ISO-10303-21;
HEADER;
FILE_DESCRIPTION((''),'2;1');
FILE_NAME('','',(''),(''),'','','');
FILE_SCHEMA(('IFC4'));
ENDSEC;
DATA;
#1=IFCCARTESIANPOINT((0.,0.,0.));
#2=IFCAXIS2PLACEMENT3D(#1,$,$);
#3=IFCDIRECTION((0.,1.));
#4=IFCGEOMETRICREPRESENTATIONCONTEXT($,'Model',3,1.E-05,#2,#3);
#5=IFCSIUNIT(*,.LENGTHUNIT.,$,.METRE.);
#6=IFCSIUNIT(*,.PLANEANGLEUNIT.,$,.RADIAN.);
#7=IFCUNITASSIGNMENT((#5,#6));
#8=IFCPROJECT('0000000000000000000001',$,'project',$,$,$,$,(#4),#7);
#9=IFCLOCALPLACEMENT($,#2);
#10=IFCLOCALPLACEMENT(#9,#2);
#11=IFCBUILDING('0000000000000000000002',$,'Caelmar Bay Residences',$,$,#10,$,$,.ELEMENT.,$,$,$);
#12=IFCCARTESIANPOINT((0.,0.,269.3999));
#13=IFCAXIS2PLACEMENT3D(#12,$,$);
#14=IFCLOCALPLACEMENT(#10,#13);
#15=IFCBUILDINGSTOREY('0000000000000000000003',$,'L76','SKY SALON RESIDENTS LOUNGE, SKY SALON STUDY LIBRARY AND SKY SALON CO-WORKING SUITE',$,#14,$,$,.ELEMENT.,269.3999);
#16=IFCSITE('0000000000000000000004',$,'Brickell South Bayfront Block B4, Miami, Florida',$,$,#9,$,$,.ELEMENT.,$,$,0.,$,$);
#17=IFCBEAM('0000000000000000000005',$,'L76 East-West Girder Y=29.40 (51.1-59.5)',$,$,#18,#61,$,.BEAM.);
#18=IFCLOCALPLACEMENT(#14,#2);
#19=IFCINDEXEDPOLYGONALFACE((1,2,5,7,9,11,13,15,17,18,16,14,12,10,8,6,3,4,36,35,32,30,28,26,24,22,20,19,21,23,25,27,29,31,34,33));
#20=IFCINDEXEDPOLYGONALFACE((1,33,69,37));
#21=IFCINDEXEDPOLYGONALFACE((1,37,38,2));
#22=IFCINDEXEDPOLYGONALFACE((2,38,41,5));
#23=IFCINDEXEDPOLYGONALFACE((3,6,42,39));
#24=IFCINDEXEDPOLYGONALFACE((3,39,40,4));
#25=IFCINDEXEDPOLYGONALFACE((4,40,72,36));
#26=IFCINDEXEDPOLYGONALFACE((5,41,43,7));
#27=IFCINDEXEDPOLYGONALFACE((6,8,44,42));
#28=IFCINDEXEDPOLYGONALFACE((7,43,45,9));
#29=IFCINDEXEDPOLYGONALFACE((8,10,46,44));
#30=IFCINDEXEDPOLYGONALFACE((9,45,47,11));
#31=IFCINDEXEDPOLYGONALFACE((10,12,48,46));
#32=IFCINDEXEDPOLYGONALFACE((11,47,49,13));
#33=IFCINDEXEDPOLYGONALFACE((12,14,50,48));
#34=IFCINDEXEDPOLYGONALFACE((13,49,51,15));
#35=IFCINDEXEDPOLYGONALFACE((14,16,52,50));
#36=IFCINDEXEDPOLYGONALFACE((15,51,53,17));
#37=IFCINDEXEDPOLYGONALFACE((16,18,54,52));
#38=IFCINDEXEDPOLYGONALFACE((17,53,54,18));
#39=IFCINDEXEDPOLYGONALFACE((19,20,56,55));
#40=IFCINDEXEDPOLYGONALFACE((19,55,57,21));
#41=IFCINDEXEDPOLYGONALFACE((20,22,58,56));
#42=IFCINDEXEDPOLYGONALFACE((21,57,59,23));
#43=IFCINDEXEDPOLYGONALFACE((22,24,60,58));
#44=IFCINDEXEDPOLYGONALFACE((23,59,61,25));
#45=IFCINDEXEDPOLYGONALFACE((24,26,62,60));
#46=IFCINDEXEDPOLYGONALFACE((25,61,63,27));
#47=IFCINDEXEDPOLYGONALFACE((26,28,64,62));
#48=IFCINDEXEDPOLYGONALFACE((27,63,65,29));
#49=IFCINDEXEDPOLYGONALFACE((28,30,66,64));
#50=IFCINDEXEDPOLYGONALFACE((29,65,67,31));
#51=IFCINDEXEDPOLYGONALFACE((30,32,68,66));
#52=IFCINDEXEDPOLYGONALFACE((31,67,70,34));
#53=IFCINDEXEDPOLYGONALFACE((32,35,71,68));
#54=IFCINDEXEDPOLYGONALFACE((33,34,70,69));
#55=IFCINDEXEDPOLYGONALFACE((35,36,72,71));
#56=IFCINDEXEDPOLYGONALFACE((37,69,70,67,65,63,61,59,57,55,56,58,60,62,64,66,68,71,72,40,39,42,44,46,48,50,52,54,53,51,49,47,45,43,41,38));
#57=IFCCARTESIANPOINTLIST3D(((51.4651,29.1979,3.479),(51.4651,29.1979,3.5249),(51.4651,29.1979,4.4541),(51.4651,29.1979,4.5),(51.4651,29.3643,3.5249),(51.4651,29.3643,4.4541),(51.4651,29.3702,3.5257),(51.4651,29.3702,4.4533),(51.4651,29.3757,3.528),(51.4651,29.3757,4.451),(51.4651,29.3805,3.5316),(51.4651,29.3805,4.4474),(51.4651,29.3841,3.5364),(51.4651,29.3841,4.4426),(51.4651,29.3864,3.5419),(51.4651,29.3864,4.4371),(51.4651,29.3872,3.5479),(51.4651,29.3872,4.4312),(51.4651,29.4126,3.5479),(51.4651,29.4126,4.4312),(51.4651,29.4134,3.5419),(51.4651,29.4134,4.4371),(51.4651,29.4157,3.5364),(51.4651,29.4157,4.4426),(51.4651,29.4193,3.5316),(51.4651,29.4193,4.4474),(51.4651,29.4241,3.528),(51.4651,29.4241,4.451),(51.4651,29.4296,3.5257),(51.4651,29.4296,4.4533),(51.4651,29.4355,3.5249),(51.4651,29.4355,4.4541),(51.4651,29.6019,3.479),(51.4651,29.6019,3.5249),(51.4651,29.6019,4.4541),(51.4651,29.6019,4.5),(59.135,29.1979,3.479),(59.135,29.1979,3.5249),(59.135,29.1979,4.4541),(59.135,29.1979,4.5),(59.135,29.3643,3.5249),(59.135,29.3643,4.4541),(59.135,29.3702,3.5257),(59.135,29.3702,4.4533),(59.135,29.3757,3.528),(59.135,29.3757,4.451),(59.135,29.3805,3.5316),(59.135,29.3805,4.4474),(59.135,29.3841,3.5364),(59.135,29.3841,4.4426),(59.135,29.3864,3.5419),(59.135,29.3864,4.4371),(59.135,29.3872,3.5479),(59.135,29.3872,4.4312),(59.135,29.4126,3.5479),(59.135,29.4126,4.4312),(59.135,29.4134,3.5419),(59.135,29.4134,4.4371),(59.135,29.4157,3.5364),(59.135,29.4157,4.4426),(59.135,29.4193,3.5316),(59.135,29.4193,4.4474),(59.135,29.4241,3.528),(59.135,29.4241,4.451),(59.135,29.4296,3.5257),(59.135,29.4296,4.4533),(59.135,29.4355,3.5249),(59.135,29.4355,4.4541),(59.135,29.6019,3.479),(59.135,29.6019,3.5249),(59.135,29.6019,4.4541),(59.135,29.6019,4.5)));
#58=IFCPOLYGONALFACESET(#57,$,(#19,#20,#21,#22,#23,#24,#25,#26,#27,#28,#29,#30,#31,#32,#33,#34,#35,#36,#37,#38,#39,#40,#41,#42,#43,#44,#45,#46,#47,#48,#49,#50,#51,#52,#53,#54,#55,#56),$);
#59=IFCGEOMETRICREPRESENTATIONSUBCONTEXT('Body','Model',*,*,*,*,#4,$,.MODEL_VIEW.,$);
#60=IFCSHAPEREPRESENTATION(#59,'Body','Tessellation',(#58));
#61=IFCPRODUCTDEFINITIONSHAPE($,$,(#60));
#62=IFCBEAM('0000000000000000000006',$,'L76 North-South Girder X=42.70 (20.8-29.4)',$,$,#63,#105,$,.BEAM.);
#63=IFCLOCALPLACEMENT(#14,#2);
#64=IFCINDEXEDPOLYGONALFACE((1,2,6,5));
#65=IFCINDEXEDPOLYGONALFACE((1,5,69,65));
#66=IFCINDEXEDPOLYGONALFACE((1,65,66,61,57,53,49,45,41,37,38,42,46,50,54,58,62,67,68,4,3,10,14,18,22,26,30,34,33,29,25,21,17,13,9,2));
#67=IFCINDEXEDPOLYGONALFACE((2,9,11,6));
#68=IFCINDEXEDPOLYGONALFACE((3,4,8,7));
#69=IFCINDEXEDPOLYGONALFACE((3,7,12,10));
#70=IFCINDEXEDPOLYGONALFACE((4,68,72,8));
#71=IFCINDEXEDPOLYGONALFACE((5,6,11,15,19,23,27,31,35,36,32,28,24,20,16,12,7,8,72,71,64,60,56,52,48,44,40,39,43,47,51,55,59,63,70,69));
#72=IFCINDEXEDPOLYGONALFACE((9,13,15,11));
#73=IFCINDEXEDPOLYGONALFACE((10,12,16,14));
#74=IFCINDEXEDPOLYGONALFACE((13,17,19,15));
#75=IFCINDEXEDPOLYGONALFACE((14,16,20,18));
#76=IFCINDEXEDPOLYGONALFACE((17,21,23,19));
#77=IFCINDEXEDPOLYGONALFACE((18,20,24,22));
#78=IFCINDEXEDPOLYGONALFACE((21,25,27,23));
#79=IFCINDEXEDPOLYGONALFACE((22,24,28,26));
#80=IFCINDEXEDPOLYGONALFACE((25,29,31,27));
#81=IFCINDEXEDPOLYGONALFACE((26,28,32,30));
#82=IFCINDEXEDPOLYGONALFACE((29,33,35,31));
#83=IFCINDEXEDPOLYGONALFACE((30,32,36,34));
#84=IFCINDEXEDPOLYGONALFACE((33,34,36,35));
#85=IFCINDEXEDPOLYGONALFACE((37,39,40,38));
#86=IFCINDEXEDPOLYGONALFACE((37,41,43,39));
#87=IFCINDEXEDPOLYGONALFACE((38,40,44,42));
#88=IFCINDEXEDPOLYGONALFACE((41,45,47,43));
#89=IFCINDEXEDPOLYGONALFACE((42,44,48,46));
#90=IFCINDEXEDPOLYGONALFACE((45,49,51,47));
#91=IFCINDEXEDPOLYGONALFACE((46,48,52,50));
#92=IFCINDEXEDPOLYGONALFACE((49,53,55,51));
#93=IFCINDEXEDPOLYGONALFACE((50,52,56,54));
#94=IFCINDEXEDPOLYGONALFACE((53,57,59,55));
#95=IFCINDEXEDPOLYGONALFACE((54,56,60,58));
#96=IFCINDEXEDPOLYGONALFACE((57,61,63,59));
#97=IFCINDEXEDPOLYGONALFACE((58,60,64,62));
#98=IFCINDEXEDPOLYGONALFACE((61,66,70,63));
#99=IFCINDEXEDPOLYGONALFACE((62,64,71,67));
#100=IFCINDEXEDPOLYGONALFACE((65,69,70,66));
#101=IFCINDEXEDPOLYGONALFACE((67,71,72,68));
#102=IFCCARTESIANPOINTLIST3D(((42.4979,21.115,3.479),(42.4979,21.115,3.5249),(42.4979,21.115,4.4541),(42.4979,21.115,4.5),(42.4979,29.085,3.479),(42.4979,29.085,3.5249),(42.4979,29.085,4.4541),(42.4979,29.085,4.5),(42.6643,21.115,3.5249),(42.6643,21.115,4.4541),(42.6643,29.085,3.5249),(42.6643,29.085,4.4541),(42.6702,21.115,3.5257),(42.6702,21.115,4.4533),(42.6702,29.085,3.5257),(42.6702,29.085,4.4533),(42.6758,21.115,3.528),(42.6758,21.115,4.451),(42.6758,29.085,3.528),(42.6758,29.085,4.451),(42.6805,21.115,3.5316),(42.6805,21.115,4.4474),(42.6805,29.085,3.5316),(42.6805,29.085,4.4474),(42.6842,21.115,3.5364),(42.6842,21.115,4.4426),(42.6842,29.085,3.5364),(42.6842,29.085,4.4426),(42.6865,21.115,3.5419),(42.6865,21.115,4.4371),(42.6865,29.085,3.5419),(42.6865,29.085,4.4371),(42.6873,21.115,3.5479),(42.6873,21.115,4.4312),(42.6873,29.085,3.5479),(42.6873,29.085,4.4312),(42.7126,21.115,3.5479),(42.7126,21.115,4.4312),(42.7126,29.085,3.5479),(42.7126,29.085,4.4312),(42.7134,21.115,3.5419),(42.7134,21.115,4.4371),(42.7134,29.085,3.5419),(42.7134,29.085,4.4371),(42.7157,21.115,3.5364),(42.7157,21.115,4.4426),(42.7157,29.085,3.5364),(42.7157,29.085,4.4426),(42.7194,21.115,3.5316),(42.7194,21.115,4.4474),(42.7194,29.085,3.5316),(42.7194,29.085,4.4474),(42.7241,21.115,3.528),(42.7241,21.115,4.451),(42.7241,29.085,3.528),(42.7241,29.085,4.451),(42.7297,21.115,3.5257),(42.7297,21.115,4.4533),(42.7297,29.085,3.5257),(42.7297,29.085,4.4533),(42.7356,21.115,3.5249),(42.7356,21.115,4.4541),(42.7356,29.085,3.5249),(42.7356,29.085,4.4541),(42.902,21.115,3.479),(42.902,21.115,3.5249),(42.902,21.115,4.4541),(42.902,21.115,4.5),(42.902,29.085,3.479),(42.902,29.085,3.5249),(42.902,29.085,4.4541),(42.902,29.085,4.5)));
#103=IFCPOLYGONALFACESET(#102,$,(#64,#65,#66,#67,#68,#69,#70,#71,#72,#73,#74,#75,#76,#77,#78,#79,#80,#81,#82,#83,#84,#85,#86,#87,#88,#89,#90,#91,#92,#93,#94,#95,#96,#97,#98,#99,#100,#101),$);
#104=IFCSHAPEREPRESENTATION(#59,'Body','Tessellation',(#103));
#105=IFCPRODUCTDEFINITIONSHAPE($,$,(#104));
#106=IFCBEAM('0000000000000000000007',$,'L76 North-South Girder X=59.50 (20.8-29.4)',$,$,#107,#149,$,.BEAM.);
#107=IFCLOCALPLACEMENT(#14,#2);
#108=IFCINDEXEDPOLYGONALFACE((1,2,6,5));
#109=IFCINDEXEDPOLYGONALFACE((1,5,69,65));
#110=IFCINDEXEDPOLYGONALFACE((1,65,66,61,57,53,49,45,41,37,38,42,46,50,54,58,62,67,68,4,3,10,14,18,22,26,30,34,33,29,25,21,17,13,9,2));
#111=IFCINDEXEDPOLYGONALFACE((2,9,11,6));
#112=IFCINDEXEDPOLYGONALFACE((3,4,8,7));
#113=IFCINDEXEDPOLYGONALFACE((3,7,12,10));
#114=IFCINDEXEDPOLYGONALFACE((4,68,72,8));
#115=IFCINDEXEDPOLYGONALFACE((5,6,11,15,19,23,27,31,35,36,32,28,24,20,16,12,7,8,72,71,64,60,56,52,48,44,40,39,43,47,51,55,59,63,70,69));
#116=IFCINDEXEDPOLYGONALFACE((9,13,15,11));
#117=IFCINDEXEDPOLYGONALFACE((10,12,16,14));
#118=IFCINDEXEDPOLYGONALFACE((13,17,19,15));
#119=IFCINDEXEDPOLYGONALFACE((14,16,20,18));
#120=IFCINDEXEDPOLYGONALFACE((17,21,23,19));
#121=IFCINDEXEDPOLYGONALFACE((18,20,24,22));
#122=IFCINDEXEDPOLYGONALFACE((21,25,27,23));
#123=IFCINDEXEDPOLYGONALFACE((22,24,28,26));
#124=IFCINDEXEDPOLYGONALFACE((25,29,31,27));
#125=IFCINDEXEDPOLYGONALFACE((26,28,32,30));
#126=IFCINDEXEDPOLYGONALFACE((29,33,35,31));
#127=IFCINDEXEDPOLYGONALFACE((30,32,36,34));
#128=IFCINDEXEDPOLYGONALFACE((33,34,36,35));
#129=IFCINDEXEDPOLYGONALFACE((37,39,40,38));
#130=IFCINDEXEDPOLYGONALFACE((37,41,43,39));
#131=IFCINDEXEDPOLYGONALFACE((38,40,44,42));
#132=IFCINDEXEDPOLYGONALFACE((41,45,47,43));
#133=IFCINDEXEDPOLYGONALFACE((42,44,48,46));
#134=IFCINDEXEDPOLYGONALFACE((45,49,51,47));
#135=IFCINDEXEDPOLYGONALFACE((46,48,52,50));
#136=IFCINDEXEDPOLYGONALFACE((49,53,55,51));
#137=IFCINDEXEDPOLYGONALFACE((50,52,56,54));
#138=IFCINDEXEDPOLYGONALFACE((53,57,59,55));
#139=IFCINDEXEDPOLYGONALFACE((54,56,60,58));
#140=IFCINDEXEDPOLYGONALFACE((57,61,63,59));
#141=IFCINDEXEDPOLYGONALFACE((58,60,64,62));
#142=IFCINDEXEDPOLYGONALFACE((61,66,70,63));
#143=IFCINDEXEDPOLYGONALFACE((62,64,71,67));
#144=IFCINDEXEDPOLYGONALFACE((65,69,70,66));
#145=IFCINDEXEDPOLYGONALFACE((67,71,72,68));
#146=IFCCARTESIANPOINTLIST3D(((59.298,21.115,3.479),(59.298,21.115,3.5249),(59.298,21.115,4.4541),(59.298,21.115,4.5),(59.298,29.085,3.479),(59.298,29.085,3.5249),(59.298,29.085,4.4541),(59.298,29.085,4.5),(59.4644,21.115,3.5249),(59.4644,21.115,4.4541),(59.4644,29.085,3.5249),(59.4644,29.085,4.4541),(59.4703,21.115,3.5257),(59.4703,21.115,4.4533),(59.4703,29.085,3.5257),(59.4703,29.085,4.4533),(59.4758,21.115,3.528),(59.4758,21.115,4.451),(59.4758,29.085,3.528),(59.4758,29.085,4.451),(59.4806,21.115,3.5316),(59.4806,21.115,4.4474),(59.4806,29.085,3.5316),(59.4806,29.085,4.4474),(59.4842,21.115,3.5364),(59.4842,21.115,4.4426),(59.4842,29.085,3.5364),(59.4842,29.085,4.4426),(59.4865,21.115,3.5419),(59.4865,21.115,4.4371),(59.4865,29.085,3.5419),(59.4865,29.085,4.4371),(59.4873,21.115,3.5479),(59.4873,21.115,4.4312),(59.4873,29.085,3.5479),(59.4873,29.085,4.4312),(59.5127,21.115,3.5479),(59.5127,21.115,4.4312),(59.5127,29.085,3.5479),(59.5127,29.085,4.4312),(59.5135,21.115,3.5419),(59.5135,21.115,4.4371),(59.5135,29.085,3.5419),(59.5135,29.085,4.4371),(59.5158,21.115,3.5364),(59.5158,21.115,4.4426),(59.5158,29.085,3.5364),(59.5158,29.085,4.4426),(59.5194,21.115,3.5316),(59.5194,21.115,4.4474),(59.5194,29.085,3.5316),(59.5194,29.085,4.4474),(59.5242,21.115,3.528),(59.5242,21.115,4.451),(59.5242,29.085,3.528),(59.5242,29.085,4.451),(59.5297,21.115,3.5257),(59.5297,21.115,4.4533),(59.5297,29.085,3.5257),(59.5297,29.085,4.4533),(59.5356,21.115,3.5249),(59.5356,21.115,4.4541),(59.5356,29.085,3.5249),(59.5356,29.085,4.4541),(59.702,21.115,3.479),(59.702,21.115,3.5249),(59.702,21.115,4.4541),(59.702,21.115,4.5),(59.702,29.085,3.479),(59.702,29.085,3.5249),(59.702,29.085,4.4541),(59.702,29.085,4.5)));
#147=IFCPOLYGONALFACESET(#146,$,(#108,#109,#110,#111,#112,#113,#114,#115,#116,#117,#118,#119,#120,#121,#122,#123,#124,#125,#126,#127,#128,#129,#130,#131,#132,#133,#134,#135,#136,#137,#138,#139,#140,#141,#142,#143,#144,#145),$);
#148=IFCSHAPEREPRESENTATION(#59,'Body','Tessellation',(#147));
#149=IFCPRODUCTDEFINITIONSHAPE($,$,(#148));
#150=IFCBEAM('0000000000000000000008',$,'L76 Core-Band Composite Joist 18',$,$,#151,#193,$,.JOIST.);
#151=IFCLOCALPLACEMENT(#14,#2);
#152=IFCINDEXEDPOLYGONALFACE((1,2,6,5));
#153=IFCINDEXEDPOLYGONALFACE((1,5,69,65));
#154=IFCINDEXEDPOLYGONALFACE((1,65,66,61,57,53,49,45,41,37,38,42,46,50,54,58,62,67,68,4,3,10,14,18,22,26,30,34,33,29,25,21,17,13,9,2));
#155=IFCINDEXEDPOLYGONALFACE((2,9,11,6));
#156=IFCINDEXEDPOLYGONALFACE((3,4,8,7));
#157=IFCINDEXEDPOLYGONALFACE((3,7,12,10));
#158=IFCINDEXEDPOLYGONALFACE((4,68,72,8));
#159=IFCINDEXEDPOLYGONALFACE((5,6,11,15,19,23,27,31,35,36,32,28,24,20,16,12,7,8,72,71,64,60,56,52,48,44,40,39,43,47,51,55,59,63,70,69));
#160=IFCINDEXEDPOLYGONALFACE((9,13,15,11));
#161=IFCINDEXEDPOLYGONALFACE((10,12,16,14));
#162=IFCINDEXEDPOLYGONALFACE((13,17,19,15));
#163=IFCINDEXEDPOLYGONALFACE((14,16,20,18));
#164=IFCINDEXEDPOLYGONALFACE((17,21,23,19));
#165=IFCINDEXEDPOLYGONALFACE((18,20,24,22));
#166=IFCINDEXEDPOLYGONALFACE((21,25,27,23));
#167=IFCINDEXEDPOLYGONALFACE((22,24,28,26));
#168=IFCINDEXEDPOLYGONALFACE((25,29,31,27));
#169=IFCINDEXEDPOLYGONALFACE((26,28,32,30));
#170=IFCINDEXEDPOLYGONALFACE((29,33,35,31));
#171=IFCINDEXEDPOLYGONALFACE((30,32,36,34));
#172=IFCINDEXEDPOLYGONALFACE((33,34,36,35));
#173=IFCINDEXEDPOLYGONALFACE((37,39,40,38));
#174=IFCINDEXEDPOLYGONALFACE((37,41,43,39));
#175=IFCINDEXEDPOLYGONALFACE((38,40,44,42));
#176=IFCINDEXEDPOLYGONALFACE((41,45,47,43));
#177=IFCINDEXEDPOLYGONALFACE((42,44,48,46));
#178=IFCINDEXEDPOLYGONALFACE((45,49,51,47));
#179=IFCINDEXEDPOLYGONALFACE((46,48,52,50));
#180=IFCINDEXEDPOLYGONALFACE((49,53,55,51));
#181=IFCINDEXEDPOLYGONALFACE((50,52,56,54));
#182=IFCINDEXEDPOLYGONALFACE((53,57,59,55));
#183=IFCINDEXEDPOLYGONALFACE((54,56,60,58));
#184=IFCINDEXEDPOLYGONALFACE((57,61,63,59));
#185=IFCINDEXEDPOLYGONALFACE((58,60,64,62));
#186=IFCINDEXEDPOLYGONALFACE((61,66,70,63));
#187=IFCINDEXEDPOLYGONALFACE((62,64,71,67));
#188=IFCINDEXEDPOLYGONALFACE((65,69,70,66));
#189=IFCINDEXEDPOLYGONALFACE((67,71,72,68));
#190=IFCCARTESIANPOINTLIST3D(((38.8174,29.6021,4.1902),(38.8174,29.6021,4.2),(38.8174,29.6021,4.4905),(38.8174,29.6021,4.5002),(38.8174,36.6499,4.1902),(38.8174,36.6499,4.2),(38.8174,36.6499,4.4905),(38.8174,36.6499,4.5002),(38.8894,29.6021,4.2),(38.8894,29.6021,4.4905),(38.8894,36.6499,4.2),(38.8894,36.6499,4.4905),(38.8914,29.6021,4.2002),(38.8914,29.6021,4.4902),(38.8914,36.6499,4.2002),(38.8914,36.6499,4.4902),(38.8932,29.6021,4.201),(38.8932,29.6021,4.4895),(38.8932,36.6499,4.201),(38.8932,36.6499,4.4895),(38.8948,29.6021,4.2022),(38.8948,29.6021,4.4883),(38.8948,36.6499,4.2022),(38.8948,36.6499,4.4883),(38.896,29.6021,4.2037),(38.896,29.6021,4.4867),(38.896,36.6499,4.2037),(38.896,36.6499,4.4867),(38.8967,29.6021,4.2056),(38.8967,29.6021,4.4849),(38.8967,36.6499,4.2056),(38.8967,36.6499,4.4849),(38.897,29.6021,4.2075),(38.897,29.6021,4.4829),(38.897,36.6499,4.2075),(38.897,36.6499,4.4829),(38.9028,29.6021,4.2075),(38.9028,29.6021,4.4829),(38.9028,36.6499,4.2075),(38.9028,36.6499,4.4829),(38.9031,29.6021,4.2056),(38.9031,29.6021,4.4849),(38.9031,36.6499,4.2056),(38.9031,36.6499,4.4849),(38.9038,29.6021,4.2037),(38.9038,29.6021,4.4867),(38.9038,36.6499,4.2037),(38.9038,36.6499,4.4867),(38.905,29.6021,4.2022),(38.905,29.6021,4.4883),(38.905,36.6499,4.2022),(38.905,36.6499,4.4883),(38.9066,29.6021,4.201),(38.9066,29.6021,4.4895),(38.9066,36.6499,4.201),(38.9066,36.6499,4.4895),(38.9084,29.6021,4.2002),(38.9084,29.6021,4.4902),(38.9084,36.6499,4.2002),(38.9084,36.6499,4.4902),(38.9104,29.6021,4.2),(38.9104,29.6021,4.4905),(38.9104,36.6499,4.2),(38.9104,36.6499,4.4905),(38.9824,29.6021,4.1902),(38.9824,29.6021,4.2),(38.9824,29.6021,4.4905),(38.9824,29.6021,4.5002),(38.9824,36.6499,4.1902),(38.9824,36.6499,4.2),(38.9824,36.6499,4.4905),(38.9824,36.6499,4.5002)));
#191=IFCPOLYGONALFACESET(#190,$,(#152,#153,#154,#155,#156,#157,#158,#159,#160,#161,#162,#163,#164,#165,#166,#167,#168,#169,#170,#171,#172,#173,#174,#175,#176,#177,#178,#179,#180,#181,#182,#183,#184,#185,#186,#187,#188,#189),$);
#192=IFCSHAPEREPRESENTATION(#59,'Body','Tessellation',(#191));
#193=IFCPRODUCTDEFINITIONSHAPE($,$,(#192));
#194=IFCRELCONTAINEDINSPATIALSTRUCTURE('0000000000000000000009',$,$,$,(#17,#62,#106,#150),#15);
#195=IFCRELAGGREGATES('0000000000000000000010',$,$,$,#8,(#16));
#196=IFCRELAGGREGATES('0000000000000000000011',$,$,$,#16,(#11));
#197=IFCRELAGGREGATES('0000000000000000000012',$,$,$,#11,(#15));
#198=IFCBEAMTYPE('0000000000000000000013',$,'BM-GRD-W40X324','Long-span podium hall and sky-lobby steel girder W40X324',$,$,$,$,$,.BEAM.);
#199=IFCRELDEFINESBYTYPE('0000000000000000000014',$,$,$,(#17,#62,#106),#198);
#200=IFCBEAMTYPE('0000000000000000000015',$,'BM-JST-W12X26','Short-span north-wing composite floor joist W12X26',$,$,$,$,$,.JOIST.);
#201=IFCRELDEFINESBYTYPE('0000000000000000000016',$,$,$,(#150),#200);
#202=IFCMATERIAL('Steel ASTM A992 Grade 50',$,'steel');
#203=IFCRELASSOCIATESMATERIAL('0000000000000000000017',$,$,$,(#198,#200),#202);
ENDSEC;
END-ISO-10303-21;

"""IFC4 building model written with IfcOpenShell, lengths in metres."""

from ifc_helpers import new_model, si_unit, direction, frame, origin, origin_2d, place, context, subcontext, project, spatial, i_section, extrude, material, material_profile, profile_set, type_object, element, save


model = new_model("IFC4")

# Units and contexts
model_context = context("Model", 3, precision=1e-05, world=origin(), true_north=direction((0.0, 1.0)))
body_context = subcontext(model_context, "Body", "Model", "MODEL_VIEW")
ifc_project = project(units=[si_unit("LENGTHUNIT", "METRE"), si_unit("PLANEANGLEUNIT", "RADIAN")], contexts=[model_context])

# Site, building, storey
site_placement = place(None, origin())
site = spatial("IfcSite", under=ifc_project, at=site_placement, Name="Brickell South Bayfront Block B4, Miami, Florida", CompositionType="ELEMENT", RefElevation=0.0)
building_placement = place(site_placement, origin())
building = spatial("IfcBuilding", under=site, at=building_placement, Name="Caelmar Bay Residences", CompositionType="ELEMENT")
storey_placement = place(building_placement, frame((0.0, 0.0, 269.3999)))
storey = spatial("IfcBuildingStorey", under=building, at=storey_placement, Name="L76", Description="SKY SALON RESIDENTS LOUNGE, SKY SALON STUDY LIBRARY AND SKY SALON CO-WORKING SUITE", CompositionType="ELEMENT", Elevation=269.3999)

# Beams
ifc_material_1 = material(Name="Steel ASTM A992 Grade 50", Category="steel")
ifc_material_profile_1 = material_profile(ifc_material_1, i_section(OverallWidth=0.4041, OverallDepth=1.021, WebThickness=0.0254, FlangeThickness=0.0459, FilletRadius=0.0229, at=origin_2d()), Name="W40X324")
ifc_profile_set_1 = profile_set([ifc_material_profile_1], Name="Steel ASTM A992 Grade 50")
beam_type_1 = type_object("IfcBeamType", Name="BM-GRD-W40X324", Description="Long-span podium hall and sky-lobby steel girder W40X324", PredefinedType="BEAM", material=ifc_profile_set_1)
beam_1_placement = place(storey_placement, frame((51.4651, 29.3999, 3.9895), z_axis=(1.0, 0.0, 0.0), x_axis=(0.0, 1.0, 0.0)))
element("IfcBeam", 1, at=beam_1_placement, inside=storey, type_object=beam_type_1, Name="L76 East-West Girder Y=29.40 (51.1-59.5)", PredefinedType="BEAM", context=body_context, shape_type="SweptSolid", body=[
    extrude(i_section(OverallWidth=0.4041, OverallDepth=1.021, WebThickness=0.0254, FlangeThickness=0.0459, FilletRadius=0.0229, at=origin_2d()), origin(), (0.0, 0.0, 1.0), 7.6699),
])
for number, where, z_axis, x_axis, name in (
    (2, (42.7, 21.115, 3.9895), (0.0, 1.0, 0.0), (-1.0, 0.0, 0.0), "L76 North-South Girder X=42.70 (20.8-29.4)"),
    (3, (59.5, 21.115, 3.9895), (0.0, 1.0, 0.0), (-1.0, 0.0, 0.0), "L76 North-South Girder X=59.50 (20.8-29.4)"),
):
    element("IfcBeam", number, at=place(storey_placement, frame(where, z_axis=z_axis, x_axis=x_axis)), inside=storey, type_object=beam_type_1, Name=name, PredefinedType="BEAM", context=body_context, shape_type="SweptSolid", body=[
        extrude(i_section(OverallWidth=0.4041, OverallDepth=1.021, WebThickness=0.0254, FlangeThickness=0.0459, FilletRadius=0.0229, at=origin_2d()), origin(), (0.0, 0.0, 1.0), 7.97),
    ])
ifc_material_profile_2 = material_profile(ifc_material_1, i_section(OverallWidth=0.165, OverallDepth=0.3101, WebThickness=0.0059, FlangeThickness=0.0098, FilletRadius=0.0076, at=origin_2d()), Name="W12X26")
ifc_profile_set_2 = profile_set([ifc_material_profile_2], Name="Steel ASTM A992 Grade 50")
beam_type_2 = type_object("IfcBeamType", Name="BM-JST-W12X26", Description="Short-span north-wing composite floor joist W12X26", PredefinedType="JOIST", material=ifc_profile_set_2)
beam_2_placement = place(storey_placement, frame((38.8999, 29.6021, 4.3452), z_axis=(0.0, 1.0, 0.0), x_axis=(-1.0, 0.0, 0.0)))
element("IfcBeam", 4, at=beam_2_placement, inside=storey, type_object=beam_type_2, Name="L76 Core-Band Composite Joist 18", PredefinedType="JOIST", context=body_context, shape_type="SweptSolid", body=[
    extrude(i_section(OverallWidth=0.165, OverallDepth=0.3101, WebThickness=0.0059, FlangeThickness=0.0098, FilletRadius=0.0076, at=origin_2d()), origin(), (0.0, 0.0, 1.0), 7.0479),
])

save(model, "model.ifc")
